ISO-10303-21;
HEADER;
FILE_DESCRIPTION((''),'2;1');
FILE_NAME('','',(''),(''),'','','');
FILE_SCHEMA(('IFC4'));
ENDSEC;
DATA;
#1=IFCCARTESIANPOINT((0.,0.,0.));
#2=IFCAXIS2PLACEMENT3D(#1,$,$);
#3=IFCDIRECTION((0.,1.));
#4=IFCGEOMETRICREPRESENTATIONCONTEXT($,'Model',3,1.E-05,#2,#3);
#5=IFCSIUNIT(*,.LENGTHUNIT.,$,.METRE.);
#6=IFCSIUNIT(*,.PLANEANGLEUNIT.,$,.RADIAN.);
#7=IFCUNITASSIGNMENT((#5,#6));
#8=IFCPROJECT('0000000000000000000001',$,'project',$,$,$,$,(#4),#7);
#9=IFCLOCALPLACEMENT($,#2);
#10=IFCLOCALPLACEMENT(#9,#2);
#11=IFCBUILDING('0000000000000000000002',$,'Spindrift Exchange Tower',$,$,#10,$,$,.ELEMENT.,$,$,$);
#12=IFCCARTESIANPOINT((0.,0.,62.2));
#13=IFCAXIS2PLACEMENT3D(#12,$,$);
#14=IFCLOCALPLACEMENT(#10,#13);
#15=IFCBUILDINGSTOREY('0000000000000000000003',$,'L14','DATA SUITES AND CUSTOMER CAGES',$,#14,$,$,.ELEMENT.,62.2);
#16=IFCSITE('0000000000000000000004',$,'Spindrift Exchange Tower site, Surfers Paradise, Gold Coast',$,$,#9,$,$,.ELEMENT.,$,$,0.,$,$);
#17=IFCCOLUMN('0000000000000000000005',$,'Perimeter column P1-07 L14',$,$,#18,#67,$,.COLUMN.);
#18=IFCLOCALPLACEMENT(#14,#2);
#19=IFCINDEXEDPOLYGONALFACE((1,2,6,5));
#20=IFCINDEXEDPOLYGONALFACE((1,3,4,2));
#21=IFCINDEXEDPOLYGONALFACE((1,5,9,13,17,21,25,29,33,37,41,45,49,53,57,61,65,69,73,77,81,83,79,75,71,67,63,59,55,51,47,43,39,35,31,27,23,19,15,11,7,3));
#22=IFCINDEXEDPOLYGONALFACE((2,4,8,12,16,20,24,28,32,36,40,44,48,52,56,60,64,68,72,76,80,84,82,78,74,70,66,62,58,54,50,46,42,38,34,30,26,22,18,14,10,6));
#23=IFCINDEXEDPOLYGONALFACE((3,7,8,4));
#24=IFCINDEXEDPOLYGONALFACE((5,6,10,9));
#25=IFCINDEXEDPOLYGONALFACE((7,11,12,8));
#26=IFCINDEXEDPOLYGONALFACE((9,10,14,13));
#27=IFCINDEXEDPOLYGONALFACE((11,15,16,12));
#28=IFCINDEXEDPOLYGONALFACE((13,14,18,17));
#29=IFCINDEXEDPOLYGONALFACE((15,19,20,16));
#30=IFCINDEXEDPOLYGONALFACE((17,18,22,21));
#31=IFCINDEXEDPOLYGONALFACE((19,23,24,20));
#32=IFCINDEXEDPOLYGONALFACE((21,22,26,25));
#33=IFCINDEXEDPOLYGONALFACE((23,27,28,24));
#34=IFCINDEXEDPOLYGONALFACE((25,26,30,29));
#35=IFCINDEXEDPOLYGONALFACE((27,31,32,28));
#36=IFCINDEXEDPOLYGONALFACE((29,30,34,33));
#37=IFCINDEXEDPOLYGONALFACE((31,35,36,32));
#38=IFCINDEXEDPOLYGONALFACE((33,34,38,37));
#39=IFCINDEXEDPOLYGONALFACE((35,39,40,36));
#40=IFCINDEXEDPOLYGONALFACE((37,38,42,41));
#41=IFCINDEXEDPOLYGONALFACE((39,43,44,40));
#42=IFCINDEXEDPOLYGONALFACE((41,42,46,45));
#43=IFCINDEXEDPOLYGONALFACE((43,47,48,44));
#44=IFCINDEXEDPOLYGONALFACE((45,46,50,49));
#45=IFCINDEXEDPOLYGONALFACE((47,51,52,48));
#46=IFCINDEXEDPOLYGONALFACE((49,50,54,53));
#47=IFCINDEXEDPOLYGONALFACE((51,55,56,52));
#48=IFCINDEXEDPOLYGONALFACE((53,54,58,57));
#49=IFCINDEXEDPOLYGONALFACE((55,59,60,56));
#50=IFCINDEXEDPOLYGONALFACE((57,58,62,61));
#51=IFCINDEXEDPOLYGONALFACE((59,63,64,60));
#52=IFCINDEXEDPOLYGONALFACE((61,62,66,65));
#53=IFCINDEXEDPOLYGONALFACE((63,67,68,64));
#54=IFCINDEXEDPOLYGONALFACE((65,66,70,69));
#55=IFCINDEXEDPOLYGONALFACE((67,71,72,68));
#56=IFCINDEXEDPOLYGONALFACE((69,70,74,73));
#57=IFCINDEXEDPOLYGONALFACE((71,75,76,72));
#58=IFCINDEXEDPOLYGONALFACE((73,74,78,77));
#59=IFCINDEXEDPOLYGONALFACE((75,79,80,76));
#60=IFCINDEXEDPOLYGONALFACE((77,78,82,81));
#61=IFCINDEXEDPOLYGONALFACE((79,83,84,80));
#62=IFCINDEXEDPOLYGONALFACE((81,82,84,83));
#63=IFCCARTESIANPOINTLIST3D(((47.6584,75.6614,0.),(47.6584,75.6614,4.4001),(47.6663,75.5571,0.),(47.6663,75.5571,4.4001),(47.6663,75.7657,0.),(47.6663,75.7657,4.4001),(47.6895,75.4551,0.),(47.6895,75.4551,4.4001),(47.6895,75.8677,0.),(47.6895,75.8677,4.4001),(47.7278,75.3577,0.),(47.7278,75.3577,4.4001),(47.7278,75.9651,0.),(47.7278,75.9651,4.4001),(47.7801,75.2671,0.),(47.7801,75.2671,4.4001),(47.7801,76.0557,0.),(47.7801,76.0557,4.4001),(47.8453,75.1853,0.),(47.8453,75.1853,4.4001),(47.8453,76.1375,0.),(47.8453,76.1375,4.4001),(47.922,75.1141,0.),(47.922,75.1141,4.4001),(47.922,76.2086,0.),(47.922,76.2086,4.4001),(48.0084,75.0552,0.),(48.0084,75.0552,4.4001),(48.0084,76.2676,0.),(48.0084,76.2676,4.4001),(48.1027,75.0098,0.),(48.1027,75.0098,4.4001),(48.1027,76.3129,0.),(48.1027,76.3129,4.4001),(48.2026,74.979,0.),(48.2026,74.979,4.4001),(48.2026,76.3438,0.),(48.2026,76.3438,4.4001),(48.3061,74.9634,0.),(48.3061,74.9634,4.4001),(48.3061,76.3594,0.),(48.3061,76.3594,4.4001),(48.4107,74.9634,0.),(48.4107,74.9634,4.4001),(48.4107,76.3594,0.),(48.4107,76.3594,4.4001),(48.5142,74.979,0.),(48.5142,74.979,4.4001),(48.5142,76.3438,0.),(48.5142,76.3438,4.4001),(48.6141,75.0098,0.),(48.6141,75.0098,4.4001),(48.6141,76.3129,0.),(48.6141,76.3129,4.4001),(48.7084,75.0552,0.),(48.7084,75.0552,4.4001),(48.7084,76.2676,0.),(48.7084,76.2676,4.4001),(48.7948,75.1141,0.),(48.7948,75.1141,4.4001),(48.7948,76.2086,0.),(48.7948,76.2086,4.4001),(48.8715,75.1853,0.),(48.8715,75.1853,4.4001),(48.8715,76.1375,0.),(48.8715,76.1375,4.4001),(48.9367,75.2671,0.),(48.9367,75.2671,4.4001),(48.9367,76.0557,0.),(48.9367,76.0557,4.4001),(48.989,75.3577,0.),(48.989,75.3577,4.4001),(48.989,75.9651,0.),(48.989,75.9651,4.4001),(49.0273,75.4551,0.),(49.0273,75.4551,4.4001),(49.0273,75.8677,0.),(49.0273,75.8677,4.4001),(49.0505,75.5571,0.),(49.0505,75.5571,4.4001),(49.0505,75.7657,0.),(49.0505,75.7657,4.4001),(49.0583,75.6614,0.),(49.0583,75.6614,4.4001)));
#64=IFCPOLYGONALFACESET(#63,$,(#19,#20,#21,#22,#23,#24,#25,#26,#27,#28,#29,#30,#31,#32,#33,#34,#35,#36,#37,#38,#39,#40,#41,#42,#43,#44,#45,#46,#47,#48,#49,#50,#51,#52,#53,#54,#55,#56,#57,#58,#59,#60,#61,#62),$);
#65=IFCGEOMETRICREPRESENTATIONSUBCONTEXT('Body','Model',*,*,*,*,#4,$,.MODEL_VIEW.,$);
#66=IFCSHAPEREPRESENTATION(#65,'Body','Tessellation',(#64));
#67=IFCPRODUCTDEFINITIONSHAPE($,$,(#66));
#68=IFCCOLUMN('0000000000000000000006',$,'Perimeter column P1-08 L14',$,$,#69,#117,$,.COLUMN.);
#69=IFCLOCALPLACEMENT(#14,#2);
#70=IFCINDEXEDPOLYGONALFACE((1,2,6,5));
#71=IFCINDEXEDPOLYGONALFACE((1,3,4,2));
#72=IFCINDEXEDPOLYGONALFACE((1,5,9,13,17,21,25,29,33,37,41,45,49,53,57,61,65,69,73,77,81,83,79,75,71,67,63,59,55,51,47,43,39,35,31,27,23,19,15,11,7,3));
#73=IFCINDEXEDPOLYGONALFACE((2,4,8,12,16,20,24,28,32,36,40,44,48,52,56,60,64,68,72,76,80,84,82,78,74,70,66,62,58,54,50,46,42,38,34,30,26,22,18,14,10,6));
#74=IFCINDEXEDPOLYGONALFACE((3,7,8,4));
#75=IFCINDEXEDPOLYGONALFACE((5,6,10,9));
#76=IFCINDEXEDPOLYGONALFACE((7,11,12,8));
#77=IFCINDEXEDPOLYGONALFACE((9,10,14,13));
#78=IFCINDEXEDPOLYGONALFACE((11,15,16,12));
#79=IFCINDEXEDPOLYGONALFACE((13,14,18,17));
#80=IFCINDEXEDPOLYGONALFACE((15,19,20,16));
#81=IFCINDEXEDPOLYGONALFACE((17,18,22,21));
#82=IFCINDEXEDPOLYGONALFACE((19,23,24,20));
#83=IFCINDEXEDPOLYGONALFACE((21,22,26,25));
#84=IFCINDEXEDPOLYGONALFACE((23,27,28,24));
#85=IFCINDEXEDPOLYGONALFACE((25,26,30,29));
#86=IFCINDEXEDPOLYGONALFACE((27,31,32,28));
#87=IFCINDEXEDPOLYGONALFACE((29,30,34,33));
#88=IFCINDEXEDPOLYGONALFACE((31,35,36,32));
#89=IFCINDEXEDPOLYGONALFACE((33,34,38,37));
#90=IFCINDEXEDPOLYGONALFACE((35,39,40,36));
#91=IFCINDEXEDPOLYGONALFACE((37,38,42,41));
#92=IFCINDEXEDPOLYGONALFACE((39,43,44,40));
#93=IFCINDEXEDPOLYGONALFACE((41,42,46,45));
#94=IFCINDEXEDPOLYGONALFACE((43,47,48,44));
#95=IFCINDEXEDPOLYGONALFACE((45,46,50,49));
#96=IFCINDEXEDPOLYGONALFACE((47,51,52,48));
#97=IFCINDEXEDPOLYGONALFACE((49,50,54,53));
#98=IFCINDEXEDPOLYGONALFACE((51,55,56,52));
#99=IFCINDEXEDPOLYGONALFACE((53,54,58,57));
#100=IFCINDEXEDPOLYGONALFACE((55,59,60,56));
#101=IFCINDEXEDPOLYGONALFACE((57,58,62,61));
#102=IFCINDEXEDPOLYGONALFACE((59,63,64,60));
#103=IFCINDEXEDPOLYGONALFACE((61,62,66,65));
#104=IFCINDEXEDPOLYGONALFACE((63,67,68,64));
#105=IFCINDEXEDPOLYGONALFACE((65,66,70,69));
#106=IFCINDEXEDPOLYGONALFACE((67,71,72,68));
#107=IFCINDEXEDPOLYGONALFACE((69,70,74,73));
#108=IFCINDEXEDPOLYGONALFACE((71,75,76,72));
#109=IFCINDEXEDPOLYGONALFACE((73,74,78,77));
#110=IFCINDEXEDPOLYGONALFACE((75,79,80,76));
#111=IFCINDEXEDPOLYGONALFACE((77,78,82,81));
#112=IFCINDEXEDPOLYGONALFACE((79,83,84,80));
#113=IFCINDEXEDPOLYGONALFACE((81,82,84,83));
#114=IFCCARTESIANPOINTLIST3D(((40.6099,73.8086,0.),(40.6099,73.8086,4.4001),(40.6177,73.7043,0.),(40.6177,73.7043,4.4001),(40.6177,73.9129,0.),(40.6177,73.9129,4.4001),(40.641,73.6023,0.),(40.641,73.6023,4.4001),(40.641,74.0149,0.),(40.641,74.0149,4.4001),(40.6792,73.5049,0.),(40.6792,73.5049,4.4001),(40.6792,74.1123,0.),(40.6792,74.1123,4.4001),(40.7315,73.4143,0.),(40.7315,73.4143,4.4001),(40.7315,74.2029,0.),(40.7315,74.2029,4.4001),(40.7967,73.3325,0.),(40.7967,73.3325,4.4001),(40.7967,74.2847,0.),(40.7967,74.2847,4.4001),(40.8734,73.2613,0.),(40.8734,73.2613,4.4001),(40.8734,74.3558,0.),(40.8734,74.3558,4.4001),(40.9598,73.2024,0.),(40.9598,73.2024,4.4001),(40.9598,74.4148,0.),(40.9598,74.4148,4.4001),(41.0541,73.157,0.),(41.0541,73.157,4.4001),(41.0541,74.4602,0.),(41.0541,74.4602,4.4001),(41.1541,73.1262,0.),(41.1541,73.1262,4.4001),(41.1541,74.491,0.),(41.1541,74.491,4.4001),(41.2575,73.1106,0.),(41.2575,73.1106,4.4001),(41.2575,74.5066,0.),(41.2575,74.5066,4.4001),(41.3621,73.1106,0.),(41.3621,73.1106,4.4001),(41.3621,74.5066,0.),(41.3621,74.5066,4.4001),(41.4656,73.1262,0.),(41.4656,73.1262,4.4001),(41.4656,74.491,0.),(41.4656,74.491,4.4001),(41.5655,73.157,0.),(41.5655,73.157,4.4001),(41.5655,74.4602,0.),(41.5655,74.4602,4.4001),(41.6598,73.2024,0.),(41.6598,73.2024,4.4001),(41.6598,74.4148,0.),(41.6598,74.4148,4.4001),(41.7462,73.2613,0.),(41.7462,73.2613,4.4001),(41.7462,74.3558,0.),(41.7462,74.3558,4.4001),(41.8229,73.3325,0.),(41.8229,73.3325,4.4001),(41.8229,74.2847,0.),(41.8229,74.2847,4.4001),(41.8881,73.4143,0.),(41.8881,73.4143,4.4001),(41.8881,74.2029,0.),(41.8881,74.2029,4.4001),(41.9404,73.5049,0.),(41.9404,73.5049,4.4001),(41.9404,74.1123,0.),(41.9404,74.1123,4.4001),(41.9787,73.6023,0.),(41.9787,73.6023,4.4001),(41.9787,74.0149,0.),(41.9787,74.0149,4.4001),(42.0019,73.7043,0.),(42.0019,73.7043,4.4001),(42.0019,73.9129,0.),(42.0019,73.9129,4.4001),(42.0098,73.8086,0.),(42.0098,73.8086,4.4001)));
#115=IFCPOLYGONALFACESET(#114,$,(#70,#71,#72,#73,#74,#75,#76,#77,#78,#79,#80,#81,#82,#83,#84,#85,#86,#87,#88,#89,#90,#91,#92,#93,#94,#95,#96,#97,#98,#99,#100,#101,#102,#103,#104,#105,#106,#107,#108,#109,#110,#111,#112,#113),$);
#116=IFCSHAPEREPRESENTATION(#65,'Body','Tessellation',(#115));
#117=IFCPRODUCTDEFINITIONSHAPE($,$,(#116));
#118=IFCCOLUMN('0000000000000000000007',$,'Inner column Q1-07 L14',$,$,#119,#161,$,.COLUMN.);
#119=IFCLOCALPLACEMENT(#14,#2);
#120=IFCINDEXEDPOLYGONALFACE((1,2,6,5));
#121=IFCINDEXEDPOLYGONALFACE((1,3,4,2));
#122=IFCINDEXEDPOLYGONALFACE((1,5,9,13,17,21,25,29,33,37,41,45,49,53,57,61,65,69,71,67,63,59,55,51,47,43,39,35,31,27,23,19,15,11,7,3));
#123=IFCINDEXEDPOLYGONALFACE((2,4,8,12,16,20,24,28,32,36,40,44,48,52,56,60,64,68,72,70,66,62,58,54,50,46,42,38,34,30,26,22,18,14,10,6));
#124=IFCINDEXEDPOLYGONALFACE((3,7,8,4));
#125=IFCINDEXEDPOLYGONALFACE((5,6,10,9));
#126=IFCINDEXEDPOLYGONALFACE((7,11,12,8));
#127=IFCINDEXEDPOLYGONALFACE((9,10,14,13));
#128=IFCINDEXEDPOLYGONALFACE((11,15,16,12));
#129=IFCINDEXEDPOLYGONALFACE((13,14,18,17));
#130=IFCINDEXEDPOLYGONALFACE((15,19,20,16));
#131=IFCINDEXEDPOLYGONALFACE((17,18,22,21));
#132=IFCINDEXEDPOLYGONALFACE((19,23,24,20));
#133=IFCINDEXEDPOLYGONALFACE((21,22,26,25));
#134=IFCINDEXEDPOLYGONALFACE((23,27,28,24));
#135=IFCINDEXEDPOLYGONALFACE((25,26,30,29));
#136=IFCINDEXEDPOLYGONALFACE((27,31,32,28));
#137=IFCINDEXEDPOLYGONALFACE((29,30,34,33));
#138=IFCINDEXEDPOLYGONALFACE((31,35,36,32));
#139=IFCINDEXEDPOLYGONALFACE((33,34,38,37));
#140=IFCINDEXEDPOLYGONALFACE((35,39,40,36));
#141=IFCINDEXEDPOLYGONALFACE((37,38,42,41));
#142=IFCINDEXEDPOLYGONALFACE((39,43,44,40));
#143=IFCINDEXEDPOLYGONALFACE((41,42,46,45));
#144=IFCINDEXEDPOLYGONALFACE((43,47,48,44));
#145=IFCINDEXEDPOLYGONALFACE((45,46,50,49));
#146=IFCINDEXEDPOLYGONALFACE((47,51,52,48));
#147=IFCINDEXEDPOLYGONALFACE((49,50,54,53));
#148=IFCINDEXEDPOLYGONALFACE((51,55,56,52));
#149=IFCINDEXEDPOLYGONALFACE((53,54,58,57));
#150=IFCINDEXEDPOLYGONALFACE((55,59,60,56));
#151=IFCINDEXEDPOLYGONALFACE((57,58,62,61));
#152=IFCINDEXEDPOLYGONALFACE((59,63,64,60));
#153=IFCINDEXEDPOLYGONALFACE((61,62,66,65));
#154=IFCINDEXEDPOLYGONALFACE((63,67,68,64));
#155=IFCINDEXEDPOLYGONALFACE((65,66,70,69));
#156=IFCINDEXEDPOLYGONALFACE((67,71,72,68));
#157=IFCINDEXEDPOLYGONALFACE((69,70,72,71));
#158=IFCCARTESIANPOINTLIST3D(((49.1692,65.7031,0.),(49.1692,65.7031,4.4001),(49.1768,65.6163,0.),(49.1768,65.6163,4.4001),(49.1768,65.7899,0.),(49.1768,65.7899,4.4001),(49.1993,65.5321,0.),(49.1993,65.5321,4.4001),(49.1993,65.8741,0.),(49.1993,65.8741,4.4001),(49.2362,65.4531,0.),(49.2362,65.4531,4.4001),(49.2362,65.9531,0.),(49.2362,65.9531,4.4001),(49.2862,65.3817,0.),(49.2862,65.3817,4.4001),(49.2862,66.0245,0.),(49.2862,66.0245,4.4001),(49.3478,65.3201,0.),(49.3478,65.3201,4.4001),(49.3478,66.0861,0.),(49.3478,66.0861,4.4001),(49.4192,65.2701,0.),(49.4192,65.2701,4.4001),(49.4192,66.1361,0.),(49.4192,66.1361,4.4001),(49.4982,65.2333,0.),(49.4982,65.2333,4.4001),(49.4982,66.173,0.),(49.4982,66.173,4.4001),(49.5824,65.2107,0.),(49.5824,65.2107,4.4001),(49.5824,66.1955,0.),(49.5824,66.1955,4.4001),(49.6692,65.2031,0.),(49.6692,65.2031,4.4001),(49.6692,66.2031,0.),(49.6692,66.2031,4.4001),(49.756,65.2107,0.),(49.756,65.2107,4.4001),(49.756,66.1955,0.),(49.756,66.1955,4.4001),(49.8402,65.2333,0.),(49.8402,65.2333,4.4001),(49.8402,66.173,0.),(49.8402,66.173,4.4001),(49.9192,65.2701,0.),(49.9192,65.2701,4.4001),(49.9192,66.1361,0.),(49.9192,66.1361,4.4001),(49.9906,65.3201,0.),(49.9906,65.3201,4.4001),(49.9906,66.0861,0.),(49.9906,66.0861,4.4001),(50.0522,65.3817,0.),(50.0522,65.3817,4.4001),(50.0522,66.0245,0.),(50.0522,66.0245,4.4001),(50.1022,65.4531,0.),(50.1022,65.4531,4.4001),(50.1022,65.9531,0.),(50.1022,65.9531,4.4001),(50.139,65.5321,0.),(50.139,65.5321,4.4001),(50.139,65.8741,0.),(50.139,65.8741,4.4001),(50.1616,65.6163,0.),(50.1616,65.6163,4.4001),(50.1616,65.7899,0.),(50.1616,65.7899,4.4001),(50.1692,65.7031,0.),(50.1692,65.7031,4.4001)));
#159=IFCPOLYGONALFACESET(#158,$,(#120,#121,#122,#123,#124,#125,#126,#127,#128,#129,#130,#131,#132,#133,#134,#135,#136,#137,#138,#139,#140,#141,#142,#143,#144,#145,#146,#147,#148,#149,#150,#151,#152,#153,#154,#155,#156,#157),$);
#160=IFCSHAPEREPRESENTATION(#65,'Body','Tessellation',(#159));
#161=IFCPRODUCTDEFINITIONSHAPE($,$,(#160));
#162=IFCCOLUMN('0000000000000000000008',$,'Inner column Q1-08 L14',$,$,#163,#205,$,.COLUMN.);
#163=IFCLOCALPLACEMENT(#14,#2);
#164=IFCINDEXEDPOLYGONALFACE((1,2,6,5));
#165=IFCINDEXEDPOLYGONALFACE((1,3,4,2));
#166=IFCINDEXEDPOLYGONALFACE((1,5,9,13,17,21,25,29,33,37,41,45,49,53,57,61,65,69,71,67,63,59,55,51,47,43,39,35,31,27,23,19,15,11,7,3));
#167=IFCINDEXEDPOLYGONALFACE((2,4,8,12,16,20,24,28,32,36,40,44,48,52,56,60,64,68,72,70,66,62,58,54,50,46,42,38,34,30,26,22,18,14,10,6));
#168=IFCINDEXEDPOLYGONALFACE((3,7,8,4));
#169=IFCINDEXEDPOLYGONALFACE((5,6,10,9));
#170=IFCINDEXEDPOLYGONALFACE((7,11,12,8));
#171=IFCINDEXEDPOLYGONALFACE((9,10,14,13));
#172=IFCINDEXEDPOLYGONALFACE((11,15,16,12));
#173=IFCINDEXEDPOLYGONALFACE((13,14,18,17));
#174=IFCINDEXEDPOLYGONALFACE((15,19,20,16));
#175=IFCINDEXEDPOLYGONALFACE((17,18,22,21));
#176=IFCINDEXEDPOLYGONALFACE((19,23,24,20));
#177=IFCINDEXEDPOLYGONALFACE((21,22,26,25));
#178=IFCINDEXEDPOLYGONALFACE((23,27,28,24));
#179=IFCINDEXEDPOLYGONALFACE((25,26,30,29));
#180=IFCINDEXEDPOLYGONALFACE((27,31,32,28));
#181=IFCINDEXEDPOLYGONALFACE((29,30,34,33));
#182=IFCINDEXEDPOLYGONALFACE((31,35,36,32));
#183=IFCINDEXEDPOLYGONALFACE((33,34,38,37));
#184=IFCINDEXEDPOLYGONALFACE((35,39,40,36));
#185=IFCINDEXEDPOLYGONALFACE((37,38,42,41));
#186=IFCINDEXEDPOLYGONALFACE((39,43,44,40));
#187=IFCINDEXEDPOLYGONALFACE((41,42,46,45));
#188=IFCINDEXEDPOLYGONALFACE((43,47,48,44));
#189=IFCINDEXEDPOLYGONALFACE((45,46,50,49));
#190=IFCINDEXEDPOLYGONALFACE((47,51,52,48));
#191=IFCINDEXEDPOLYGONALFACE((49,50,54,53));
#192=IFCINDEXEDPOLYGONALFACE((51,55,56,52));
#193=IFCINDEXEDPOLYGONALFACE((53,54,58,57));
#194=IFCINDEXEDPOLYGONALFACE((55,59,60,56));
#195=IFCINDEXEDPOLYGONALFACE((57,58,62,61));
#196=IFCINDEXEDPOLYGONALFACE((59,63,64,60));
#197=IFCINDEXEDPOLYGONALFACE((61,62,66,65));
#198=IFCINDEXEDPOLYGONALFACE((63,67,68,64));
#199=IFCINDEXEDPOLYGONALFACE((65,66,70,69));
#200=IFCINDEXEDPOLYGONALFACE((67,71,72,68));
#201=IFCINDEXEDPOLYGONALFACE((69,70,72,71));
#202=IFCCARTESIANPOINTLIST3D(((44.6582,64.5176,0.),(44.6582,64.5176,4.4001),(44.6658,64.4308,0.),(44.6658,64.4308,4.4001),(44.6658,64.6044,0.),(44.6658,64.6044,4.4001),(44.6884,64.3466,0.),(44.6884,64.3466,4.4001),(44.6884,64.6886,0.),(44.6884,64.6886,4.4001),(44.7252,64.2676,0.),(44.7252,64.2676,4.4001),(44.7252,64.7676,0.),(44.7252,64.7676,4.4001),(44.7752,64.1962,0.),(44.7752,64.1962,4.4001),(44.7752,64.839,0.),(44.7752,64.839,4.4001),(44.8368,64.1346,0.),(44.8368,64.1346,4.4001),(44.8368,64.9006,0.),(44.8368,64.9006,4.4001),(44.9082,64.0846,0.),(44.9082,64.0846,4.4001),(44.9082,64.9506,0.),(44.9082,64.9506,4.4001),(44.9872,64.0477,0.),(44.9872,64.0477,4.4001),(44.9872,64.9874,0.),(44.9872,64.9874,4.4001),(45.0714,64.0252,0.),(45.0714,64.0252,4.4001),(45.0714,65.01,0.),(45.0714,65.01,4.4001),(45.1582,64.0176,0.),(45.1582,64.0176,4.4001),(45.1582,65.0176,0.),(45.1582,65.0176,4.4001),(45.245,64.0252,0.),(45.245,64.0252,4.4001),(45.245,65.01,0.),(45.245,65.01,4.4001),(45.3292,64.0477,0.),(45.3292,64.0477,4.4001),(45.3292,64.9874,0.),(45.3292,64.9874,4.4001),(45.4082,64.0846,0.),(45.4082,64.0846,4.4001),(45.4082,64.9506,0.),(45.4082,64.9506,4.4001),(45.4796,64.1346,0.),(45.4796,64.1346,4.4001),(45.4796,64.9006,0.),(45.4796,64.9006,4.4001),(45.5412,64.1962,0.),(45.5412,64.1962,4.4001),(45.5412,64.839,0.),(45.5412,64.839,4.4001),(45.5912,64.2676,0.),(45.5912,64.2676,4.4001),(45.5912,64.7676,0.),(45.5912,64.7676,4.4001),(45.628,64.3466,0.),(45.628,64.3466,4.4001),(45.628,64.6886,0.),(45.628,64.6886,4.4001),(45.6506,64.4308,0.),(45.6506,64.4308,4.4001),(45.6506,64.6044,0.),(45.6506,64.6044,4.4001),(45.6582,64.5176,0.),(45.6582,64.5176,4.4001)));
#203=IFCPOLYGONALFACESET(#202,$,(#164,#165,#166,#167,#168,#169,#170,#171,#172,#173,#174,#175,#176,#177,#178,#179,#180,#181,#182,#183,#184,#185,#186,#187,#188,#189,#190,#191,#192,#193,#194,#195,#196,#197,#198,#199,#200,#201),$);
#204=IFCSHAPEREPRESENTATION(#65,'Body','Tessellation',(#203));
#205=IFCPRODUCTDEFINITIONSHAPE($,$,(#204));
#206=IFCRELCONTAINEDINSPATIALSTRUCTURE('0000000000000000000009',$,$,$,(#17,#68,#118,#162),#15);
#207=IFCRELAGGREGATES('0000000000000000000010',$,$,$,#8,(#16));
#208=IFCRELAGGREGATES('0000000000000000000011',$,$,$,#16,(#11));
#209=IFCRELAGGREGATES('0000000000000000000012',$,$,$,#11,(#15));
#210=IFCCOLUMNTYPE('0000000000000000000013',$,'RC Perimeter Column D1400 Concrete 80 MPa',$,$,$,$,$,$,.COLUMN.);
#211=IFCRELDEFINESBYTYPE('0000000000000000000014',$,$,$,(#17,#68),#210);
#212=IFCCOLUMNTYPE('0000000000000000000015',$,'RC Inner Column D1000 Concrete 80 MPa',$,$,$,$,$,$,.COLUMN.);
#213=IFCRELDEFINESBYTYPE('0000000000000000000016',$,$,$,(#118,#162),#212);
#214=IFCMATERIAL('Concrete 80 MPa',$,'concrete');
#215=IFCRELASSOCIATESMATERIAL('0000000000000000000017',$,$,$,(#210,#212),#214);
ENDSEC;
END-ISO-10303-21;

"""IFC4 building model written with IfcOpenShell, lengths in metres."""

from ifc_helpers import new_model, si_unit, direction, frame, origin, origin_2d, place, context, subcontext, project, spatial, circle, extrude, source, transform, mapped, material, material_profile, profile_set, type_object, element, save


model = new_model("IFC4")

# Units and contexts
model_context = context("Model", 3, precision=1e-05, world=origin(), true_north=direction((0.0, 1.0)))
body_context = subcontext(model_context, "Body", "Model", "MODEL_VIEW")
ifc_project = project(units=[si_unit("LENGTHUNIT", "METRE"), si_unit("PLANEANGLEUNIT", "RADIAN")], contexts=[model_context])

# Site, building, storey
site_placement = place(None, origin())
site = spatial("IfcSite", under=ifc_project, at=site_placement, Name="Spindrift Exchange Tower site, Surfers Paradise, Gold Coast", CompositionType="ELEMENT", RefElevation=0.0)
building_placement = place(site_placement, origin())
building = spatial("IfcBuilding", under=site, at=building_placement, Name="Spindrift Exchange Tower", CompositionType="ELEMENT")
storey_placement = place(building_placement, frame((0.0, 0.0, 62.2)))
storey = spatial("IfcBuildingStorey", under=building, at=storey_placement, Name="L14", Description="DATA SUITES AND CUSTOMER CAGES", CompositionType="ELEMENT", Elevation=62.2)

# Columns
ifc_material_1 = material(Name="Concrete 80 MPa", Category="concrete")
ifc_material_profile_1 = material_profile(ifc_material_1, circle(Radius=0.7, at=origin_2d()), Name="RC D1400")
ifc_profile_set_1 = profile_set([ifc_material_profile_1], Name="Concrete 80 MPa")
column_type_1 = type_object("IfcColumnType", Name="RC Perimeter Column D1400 Concrete 80 MPa", PredefinedType="COLUMN", material=ifc_profile_set_1)
shared_shape_1 = source(origin(), body_context, "Body", "SweptSolid", [
    extrude(circle(Radius=0.7, at=origin_2d()), origin(), (0.0, 0.0, 1.0), 4.4001),
])
for number, where, z_axis, x_axis, name in (
    (1, (48.3584, 75.6614, 0.0), (0.0, 0.0, 1.0), (1.0, 0.0, 0.0), "Perimeter column P1-07 L14"),
    (2, (41.3098, 73.8086, 0.0), (0.0, 0.0, 1.0), (1.0, 0.0, 0.0), "Perimeter column P1-08 L14"),
):
    element("IfcColumn", number, at=place(storey_placement, frame(where, z_axis=z_axis, x_axis=x_axis)), inside=storey, type_object=column_type_1, Name=name, PredefinedType="COLUMN", context=body_context, shape_type="MappedRepresentation", body=[
        mapped(shared_shape_1, transform((0.0, 0.0, 0.0), scale=1.0)),
    ])
ifc_material_profile_2 = material_profile(ifc_material_1, circle(Radius=0.5, at=origin_2d()), Name="RC D1000")
ifc_profile_set_2 = profile_set([ifc_material_profile_2], Name="Concrete 80 MPa")
column_type_2 = type_object("IfcColumnType", Name="RC Inner Column D1000 Concrete 80 MPa", PredefinedType="COLUMN", material=ifc_profile_set_2)
shared_shape_2 = source(origin(), body_context, "Body", "SweptSolid", [
    extrude(circle(Radius=0.5, at=origin_2d()), origin(), (0.0, 0.0, 1.0), 4.4001),
])
for number, where, z_axis, x_axis, name in (
    (3, (49.6692, 65.7031, 0.0), (0.0, 0.0, 1.0), (1.0, 0.0, 0.0), "Inner column Q1-07 L14"),
    (4, (45.1582, 64.5176, 0.0), (0.0, 0.0, 1.0), (1.0, 0.0, 0.0), "Inner column Q1-08 L14"),
):
    element("IfcColumn", number, at=place(storey_placement, frame(where, z_axis=z_axis, x_axis=x_axis)), inside=storey, type_object=column_type_2, Name=name, PredefinedType="COLUMN", context=body_context, shape_type="MappedRepresentation", body=[
        mapped(shared_shape_2, transform((0.0, 0.0, 0.0), scale=1.0)),
    ])

save(model, "model.ifc")
